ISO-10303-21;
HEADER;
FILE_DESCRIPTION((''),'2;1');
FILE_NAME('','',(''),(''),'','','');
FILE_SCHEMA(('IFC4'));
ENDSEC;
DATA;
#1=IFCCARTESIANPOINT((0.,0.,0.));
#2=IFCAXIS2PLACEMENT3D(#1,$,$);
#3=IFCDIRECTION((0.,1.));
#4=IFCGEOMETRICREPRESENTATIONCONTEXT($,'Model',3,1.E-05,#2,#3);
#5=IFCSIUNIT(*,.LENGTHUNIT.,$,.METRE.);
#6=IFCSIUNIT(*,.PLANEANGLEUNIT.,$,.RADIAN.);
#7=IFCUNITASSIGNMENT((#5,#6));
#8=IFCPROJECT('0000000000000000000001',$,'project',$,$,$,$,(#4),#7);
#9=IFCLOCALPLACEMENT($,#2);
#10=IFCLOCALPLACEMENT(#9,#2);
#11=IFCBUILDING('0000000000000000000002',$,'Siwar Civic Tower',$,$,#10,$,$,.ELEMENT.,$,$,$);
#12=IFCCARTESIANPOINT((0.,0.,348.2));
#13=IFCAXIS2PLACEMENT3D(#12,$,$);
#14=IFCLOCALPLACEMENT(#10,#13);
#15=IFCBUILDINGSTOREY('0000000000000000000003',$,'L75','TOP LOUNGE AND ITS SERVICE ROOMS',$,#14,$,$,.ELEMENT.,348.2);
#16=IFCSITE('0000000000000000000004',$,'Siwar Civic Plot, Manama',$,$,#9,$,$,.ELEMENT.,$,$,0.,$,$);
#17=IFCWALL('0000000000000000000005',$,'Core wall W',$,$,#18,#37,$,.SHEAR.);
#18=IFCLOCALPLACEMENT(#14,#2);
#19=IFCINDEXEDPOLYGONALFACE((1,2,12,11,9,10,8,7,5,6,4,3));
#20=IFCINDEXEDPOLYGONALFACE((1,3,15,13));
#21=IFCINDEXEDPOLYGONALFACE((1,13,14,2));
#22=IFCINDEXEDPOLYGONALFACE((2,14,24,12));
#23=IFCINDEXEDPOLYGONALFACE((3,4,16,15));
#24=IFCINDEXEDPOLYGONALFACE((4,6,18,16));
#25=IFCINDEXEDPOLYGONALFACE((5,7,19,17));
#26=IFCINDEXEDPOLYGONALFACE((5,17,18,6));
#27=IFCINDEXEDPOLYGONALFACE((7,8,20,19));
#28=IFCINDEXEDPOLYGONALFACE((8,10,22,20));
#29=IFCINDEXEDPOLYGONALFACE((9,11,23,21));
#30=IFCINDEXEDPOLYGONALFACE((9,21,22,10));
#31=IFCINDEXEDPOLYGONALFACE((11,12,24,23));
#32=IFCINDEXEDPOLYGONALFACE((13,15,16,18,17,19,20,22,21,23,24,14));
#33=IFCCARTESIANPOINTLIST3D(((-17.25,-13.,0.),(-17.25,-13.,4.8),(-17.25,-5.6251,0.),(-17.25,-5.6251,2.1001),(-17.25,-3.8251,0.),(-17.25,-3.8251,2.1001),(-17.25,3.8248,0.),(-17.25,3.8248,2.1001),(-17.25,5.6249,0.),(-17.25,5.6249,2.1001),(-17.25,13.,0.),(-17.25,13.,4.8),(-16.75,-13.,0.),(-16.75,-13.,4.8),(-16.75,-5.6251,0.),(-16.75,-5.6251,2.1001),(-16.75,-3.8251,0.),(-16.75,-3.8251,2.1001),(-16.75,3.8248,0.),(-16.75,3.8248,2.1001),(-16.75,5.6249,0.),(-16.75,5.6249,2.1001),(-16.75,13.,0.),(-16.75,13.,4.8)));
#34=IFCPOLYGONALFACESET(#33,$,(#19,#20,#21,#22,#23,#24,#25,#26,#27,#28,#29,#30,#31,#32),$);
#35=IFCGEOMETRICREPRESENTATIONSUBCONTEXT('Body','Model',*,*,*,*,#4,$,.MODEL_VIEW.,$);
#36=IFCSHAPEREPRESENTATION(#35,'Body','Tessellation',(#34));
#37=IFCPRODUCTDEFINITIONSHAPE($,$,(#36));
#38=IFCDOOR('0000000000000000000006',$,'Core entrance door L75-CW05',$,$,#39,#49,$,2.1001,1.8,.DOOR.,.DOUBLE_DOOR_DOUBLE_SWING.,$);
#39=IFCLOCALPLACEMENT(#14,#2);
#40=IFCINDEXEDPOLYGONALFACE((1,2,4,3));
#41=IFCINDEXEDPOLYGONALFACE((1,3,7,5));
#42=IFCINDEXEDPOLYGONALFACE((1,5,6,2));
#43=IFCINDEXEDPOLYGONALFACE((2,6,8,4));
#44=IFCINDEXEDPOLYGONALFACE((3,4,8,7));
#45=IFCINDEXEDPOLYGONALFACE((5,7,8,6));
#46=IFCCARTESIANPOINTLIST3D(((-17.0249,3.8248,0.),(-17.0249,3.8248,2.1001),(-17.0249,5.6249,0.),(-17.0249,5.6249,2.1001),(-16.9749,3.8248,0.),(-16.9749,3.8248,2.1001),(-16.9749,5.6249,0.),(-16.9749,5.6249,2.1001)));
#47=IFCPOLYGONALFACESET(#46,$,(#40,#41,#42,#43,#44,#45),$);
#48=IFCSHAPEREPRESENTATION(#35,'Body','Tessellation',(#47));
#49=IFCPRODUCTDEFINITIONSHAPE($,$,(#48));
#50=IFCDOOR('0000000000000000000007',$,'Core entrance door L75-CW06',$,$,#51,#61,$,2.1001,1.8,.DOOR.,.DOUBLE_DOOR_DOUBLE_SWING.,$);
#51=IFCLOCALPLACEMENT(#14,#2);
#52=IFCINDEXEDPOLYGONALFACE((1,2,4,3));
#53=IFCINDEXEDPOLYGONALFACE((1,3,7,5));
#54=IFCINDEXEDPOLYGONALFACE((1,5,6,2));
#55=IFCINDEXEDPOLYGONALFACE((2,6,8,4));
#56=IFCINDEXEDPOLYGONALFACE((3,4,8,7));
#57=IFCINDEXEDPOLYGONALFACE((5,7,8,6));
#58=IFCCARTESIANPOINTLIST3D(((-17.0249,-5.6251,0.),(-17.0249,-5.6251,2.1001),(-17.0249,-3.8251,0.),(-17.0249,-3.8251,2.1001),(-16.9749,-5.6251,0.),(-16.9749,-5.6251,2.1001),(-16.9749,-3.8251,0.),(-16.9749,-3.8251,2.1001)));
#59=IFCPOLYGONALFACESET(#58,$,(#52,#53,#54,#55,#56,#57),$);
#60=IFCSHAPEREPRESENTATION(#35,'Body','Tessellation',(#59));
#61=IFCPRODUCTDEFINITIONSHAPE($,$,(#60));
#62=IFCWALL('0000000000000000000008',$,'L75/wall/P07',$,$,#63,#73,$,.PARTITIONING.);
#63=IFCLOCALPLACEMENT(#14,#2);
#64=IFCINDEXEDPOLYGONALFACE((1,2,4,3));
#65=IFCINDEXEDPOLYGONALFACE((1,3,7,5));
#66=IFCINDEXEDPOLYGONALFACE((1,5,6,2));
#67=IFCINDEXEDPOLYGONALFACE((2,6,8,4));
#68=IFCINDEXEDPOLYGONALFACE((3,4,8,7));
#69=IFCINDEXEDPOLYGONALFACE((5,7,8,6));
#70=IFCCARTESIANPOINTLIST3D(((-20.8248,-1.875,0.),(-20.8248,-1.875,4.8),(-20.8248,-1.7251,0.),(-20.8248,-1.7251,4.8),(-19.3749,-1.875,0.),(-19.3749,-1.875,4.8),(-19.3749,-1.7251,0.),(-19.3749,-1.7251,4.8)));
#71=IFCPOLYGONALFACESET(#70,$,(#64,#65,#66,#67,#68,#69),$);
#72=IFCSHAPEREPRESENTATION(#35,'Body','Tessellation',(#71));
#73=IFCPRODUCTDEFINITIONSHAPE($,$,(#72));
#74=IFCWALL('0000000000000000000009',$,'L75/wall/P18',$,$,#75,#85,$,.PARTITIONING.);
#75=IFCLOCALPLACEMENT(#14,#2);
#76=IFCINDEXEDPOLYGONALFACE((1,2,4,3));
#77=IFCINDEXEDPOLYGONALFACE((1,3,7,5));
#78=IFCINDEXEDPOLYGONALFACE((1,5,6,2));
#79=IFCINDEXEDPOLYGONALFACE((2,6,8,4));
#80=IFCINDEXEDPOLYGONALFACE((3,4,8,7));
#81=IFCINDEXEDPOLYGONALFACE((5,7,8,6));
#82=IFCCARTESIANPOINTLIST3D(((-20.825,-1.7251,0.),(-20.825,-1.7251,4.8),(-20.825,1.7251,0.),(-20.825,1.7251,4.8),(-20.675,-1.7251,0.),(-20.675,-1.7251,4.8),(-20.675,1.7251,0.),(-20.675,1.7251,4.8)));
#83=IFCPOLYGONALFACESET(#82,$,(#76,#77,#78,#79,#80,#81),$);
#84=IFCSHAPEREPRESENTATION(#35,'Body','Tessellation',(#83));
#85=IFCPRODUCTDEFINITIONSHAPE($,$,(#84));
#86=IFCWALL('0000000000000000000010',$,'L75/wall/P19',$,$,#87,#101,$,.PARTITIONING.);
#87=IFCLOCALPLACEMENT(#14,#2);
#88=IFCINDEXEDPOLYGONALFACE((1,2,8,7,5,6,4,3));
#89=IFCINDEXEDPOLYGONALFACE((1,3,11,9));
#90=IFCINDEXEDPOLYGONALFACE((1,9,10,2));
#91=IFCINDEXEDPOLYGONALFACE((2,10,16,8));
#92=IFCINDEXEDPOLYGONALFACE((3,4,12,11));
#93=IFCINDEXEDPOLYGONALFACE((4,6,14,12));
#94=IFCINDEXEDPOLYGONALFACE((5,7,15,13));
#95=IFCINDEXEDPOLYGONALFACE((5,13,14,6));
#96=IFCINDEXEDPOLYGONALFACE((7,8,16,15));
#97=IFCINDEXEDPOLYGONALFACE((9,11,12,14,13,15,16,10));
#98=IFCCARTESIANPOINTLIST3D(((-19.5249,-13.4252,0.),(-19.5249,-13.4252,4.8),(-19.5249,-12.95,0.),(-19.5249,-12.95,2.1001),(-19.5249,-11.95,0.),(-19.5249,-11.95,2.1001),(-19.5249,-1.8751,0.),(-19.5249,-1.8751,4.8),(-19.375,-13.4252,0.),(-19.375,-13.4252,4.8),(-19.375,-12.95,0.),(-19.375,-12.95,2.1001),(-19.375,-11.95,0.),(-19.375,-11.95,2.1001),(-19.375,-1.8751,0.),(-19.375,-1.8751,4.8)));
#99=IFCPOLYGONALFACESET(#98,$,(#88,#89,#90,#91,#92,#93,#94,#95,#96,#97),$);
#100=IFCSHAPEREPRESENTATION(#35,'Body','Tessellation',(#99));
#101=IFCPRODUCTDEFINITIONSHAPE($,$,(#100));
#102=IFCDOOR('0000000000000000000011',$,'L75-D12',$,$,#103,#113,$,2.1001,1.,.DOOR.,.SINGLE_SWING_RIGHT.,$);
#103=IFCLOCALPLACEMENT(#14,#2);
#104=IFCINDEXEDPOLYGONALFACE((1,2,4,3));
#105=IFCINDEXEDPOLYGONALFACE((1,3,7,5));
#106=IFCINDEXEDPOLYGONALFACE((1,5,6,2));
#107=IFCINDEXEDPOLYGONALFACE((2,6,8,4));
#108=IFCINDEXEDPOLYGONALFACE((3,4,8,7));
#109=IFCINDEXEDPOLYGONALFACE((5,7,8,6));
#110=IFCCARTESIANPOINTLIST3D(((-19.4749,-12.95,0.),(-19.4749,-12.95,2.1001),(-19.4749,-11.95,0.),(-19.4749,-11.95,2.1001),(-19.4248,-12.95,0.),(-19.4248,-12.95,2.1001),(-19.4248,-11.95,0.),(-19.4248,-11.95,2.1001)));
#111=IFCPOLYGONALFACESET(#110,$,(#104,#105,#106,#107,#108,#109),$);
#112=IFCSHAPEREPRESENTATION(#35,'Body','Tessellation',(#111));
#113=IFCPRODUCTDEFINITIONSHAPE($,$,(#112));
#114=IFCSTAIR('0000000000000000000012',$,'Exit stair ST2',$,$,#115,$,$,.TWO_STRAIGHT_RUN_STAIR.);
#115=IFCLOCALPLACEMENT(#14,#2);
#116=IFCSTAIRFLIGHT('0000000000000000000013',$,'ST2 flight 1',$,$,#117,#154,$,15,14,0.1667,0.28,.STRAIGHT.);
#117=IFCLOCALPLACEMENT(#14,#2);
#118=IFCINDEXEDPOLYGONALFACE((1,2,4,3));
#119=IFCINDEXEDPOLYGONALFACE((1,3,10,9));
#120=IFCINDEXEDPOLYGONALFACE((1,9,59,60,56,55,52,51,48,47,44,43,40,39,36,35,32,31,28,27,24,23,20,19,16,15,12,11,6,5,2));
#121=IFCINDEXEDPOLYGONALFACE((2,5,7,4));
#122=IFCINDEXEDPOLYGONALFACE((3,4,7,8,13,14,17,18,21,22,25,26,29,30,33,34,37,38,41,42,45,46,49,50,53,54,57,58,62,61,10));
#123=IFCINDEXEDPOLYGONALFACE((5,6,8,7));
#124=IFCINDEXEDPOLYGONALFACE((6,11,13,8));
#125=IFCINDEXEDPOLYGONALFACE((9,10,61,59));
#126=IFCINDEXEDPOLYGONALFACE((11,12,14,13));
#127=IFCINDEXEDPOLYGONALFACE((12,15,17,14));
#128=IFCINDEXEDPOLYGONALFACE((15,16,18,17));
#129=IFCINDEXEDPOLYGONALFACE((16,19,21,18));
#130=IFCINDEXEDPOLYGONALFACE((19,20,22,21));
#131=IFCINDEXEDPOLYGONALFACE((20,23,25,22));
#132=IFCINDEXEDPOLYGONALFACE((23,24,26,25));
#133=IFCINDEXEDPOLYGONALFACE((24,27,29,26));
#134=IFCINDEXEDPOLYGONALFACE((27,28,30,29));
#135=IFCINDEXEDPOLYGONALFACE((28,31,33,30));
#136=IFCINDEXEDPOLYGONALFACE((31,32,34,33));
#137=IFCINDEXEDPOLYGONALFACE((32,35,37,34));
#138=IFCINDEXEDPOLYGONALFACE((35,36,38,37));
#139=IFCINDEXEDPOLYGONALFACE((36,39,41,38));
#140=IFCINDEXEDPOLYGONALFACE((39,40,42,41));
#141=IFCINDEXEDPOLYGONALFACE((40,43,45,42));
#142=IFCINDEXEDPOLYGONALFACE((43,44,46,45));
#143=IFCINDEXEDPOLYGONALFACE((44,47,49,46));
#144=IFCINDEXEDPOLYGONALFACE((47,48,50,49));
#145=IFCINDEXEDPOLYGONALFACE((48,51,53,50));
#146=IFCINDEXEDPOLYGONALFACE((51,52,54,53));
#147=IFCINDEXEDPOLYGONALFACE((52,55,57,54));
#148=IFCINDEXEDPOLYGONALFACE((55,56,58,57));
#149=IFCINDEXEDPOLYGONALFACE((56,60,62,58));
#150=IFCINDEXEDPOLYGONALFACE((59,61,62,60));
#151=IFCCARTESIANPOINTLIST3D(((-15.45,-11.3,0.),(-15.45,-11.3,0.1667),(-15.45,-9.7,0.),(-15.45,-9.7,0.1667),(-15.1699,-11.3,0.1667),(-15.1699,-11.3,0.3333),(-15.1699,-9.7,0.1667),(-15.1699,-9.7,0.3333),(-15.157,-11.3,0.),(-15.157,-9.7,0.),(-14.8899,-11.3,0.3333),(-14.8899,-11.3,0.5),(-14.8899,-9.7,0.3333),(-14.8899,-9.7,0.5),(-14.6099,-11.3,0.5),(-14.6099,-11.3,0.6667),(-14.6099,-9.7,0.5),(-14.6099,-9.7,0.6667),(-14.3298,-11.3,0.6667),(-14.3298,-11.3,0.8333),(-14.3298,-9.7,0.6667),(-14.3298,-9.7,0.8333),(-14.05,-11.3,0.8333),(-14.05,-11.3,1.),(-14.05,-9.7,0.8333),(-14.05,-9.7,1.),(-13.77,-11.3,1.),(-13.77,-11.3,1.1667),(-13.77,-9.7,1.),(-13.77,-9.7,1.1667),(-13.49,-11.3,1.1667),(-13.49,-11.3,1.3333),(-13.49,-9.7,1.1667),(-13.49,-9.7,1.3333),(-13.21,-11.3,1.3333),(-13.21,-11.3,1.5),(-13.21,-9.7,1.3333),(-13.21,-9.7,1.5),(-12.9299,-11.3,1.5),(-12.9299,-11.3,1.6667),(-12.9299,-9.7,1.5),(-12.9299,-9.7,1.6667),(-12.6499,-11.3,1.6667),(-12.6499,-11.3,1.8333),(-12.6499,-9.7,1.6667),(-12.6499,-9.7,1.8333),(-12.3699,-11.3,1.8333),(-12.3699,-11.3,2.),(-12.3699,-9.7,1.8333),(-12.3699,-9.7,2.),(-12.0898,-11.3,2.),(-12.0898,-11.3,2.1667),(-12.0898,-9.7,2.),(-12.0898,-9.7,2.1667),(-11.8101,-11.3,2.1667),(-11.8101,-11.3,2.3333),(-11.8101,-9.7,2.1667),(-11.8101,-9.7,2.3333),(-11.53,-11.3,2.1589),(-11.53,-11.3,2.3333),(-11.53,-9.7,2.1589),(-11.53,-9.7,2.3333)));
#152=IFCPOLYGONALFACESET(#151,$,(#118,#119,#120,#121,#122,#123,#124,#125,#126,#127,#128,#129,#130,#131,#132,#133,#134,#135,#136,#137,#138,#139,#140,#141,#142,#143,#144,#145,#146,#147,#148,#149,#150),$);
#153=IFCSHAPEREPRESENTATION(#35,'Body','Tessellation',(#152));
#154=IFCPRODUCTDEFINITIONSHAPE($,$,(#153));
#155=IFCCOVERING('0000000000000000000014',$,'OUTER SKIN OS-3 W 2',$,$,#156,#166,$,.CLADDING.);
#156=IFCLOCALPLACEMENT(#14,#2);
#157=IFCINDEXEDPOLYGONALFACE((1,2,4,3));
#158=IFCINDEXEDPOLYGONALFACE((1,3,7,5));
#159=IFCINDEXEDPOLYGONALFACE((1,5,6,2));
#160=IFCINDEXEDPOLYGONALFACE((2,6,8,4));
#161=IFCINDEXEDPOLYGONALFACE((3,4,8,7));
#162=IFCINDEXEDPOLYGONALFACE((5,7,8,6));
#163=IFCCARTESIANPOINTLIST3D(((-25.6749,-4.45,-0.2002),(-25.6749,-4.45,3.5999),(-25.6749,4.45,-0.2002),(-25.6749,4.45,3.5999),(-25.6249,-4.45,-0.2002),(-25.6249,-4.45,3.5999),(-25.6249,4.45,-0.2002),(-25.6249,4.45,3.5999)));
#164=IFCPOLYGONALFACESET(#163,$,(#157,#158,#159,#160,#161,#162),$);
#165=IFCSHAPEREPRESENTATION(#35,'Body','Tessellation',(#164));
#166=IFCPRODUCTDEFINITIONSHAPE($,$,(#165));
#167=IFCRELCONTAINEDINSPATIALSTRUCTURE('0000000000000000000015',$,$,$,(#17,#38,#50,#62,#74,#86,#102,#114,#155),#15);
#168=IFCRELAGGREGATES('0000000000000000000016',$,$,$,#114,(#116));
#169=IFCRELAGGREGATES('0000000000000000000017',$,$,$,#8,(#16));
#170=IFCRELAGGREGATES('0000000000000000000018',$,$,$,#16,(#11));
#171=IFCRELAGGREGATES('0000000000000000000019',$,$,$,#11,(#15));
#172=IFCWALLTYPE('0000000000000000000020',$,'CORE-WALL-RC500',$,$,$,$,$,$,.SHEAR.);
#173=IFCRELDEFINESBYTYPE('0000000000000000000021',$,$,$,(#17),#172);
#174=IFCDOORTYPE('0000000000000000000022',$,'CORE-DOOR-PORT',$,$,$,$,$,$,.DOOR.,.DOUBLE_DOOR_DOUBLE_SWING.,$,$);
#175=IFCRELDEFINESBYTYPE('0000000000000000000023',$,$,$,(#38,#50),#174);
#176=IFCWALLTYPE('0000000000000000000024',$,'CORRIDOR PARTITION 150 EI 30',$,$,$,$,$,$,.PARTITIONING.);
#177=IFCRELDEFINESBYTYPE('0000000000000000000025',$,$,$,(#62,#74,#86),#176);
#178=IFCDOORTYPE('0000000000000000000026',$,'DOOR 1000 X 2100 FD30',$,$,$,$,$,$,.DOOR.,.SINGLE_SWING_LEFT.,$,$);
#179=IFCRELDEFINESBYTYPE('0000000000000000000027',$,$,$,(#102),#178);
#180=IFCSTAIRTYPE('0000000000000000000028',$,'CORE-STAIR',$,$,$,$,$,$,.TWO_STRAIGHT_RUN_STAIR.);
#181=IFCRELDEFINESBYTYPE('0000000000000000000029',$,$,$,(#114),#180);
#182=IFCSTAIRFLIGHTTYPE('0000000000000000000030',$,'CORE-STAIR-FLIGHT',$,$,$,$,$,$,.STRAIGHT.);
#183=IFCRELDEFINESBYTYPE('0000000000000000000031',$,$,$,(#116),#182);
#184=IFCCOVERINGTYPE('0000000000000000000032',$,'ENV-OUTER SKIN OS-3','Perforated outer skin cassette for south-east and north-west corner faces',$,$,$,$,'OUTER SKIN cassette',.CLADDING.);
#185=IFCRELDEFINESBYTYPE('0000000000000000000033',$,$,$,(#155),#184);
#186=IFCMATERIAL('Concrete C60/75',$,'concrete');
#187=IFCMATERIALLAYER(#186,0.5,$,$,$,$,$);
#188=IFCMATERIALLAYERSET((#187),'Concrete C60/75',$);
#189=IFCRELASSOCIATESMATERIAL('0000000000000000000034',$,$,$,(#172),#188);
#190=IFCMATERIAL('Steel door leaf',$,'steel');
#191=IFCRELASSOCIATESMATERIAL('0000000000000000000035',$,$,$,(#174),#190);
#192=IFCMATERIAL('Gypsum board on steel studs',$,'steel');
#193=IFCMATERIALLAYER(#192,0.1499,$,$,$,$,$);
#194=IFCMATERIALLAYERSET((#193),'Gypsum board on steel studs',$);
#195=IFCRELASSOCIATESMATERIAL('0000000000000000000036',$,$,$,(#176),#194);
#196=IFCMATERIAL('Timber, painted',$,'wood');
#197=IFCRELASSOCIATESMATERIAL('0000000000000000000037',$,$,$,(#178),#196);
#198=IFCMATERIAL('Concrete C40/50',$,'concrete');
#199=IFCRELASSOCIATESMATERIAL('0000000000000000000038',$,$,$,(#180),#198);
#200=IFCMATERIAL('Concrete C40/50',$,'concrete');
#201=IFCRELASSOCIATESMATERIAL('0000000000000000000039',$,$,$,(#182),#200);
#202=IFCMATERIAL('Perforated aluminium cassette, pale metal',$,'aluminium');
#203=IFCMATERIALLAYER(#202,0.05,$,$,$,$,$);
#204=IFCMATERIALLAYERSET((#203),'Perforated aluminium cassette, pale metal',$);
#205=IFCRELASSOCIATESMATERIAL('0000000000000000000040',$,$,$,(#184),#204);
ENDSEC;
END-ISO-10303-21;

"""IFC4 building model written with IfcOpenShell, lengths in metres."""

from ifc_helpers import new_model, si_unit, direction, frame, frame_2d, origin, origin_2d, place, context, subcontext, project, spatial, polyline, rectangle, outline, extrude, material, layer, layer_set, type_object, element, fill, aggregate, save


model = new_model("IFC4")

# Units and contexts
model_context = context("Model", 3, precision=1e-05, world=origin(), true_north=direction((0.0, 1.0)))
body_context = subcontext(model_context, "Body", "Model", "MODEL_VIEW")
ifc_project = project(units=[si_unit("LENGTHUNIT", "METRE"), si_unit("PLANEANGLEUNIT", "RADIAN")], contexts=[model_context])

# Site, building, storey
site_placement = place(None, origin())
site = spatial("IfcSite", under=ifc_project, at=site_placement, Name="Siwar Civic Plot, Manama", CompositionType="ELEMENT", RefElevation=0.0)
building_placement = place(site_placement, origin())
building = spatial("IfcBuilding", under=site, at=building_placement, Name="Siwar Civic Tower", CompositionType="ELEMENT")
storey_placement = place(building_placement, frame((0.0, 0.0, 348.2)))
storey = spatial("IfcBuildingStorey", under=building, at=storey_placement, Name="L75", Description="TOP LOUNGE AND ITS SERVICE ROOMS", CompositionType="ELEMENT", Elevation=348.2)

# Wall, openings, doors
ifc_material_1 = material(Name="Concrete C60/75", Category="concrete")
ifc_layer_1 = layer(ifc_material_1, 0.5)
ifc_layer_set_1 = layer_set([ifc_layer_1], Name="Concrete C60/75")
wall_type_1 = type_object("IfcWallType", Name="CORE-WALL-RC500", PredefinedType="SHEAR", material=ifc_layer_set_1)
wall_1_placement = place(storey_placement, frame((-17.0, -13.0, 0.0), z_axis=(0.0, 0.0, 1.0), x_axis=(0.0, 1.0, 0.0)))
wall_1 = element("IfcWall", 1, at=wall_1_placement, inside=storey, type_object=wall_type_1, Name="Core wall W", PredefinedType="SHEAR", context=body_context, shape_type="SweptSolid", body=[
    extrude(rectangle(XDim=26.0, YDim=0.5, at=frame_2d((13.0, 0.0))), origin(), (0.0, 0.0, 1.0), 4.8),
])
opening_1_placement = place(wall_1_placement, frame((16.825, 0.0, 0.0)))
opening_1 = element("IfcOpeningElement", 2, at=opening_1_placement, cuts=wall_1, PredefinedType="OPENING", context=body_context, shape_type="SweptSolid", body=[
    extrude(rectangle(XDim=1.8, YDim=2.1001, at=frame_2d((0.8999, 1.05))), frame((0.0, 0.26, 0.0), z_axis=(0.0, -1.0, 0.0), x_axis=(1.0, 0.0, 0.0)), (0.0, 0.0, 1.0), 0.52),
])
opening_2_placement = place(wall_1_placement, frame((7.375, 0.0, 0.0)))
opening_2 = element("IfcOpeningElement", 3, at=opening_2_placement, cuts=wall_1, PredefinedType="OPENING", context=body_context, shape_type="SweptSolid", body=[
    extrude(rectangle(XDim=1.8, YDim=2.1001, at=frame_2d((0.8999, 1.05))), frame((0.0, 0.26, 0.0), z_axis=(0.0, -1.0, 0.0), x_axis=(1.0, 0.0, 0.0)), (0.0, 0.0, 1.0), 0.52),
])
ifc_material_2 = material(Name="Steel door leaf", Category="steel")
door_type_1 = type_object("IfcDoorType", Name="CORE-DOOR-PORT", OperationType="DOUBLE_DOOR_DOUBLE_SWING", PredefinedType="DOOR", material=ifc_material_2)
door_1_placement = place(opening_1_placement, origin())
door_1 = element("IfcDoor", 4, at=door_1_placement, inside=storey, type_object=door_type_1, Name="Core entrance door L75-CW05", OperationType="DOUBLE_DOOR_DOUBLE_SWING", OverallHeight=2.1001, OverallWidth=1.8, PredefinedType="DOOR", context=body_context, shape_type="SweptSolid", body=[
    extrude(rectangle(XDim=1.8, YDim=2.1001, at=frame_2d((0.8999, 1.05))), frame((0.0, 0.0249, 0.0), z_axis=(0.0, -1.0, 0.0), x_axis=(1.0, 0.0, 0.0)), (0.0, 0.0, 1.0), 0.05),
])
fill(opening_1, door_1)
door_2_placement = place(opening_2_placement, origin())
door_2 = element("IfcDoor", 5, at=door_2_placement, inside=storey, type_object=door_type_1, Name="Core entrance door L75-CW06", OperationType="DOUBLE_DOOR_DOUBLE_SWING", OverallHeight=2.1001, OverallWidth=1.8, PredefinedType="DOOR", context=body_context, shape_type="SweptSolid", body=[
    extrude(rectangle(XDim=1.8, YDim=2.1001, at=frame_2d((0.8999, 1.05))), frame((0.0, 0.0249, 0.0), z_axis=(0.0, -1.0, 0.0), x_axis=(1.0, 0.0, 0.0)), (0.0, 0.0, 1.0), 0.05),
])
fill(opening_2, door_2)

# Walls
ifc_material_3 = material(Name="Gypsum board on steel studs", Category="steel")
ifc_layer_2 = layer(ifc_material_3, 0.1499)
ifc_layer_set_2 = layer_set([ifc_layer_2], Name="Gypsum board on steel studs")
wall_type_2 = type_object("IfcWallType", Name="CORRIDOR PARTITION 150 EI 30", PredefinedType="PARTITIONING", material=ifc_layer_set_2)
wall_2_placement = place(storey_placement, frame((-20.825, -1.8, 0.0), z_axis=(0.0, 0.0, 1.0), x_axis=(1.0, 0.0, 0.0)))
element("IfcWall", 6, at=wall_2_placement, inside=storey, type_object=wall_type_2, Name="L75/wall/P07", PredefinedType="PARTITIONING", context=body_context, shape_type="SweptSolid", body=[
    extrude(rectangle(XDim=1.45, YDim=0.1499, at=frame_2d((0.7251, 0.0))), origin(), (0.0, 0.0, 1.0), 4.8),
])
wall_3_placement = place(storey_placement, frame((-20.75, -1.7251, 0.0), z_axis=(0.0, 0.0, 1.0), x_axis=(0.0, 1.0, 0.0)))
element("IfcWall", 7, at=wall_3_placement, inside=storey, type_object=wall_type_2, Name="L75/wall/P18", PredefinedType="PARTITIONING", context=body_context, shape_type="SweptSolid", body=[
    extrude(rectangle(XDim=3.4502, YDim=0.1499, at=frame_2d((1.7251, 0.0))), origin(), (0.0, 0.0, 1.0), 4.8),
])

# Wall, opening, door
wall_4_placement = place(storey_placement, frame((-19.45, -13.425, 0.0), z_axis=(0.0, 0.0, 1.0), x_axis=(0.0, 1.0, 0.0)))
wall_4 = element("IfcWall", 8, at=wall_4_placement, inside=storey, type_object=wall_type_2, Name="L75/wall/P19", PredefinedType="PARTITIONING", context=body_context, shape_type="SweptSolid", body=[
    extrude(rectangle(XDim=11.55, YDim=0.1499, at=frame_2d((5.7749, 0.0))), origin(), (0.0, 0.0, 1.0), 4.8),
])
opening_3_placement = place(wall_4_placement, frame((0.4751, 0.0, 0.0)))
opening_3 = element("IfcOpeningElement", 9, at=opening_3_placement, cuts=wall_4, PredefinedType="OPENING", context=body_context, shape_type="SweptSolid", body=[
    extrude(rectangle(XDim=1.0, YDim=2.1001, at=frame_2d((0.5, 1.05))), frame((0.0, 0.085, 0.0), z_axis=(0.0, -1.0, 0.0), x_axis=(1.0, 0.0, 0.0)), (0.0, 0.0, 1.0), 0.1699),
])
ifc_material_4 = material(Name="Timber, painted", Category="wood")
door_type_2 = type_object("IfcDoorType", Name="DOOR 1000 X 2100 FD30", OperationType="SINGLE_SWING_LEFT", PredefinedType="DOOR", material=ifc_material_4)
door_3_placement = place(opening_3_placement, origin())
door_3 = element("IfcDoor", 10, at=door_3_placement, inside=storey, type_object=door_type_2, Name="L75-D12", OperationType="SINGLE_SWING_RIGHT", OverallHeight=2.1001, OverallWidth=1.0, PredefinedType="DOOR", context=body_context, shape_type="SweptSolid", body=[
    extrude(rectangle(XDim=1.0, YDim=2.1001, at=frame_2d((0.5, 1.05))), frame((0.0, 0.0249, 0.0), z_axis=(0.0, -1.0, 0.0), x_axis=(1.0, 0.0, 0.0)), (0.0, 0.0, 1.0), 0.05),
])
fill(opening_3, door_3)

# Stair, stair flight
ifc_material_5 = material(Name="Concrete C40/50", Category="concrete")
stair_type = type_object("IfcStairType", Name="CORE-STAIR", PredefinedType="TWO_STRAIGHT_RUN_STAIR", material=ifc_material_5)
stair_placement = place(storey_placement, origin())
stair = element("IfcStair", 11, at=stair_placement, inside=storey, type_object=stair_type, Name="Exit stair ST2", PredefinedType="TWO_STRAIGHT_RUN_STAIR")
ifc_material_6 = material(Name="Concrete C40/50", Category="concrete")
stair_flight_type = type_object("IfcStairFlightType", Name="CORE-STAIR-FLIGHT", PredefinedType="STRAIGHT", material=ifc_material_6)
stair_flight_placement = place(storey_placement, frame((-15.45, -10.5, 0.0), z_axis=(0.0, 0.0, 1.0), x_axis=(1.0, 0.0, 0.0)))
stair_flight = element("IfcStairFlight", 12, at=stair_flight_placement, type_object=stair_flight_type, Name="ST2 flight 1", NumberOfRisers=15, NumberOfTreads=14, PredefinedType="STRAIGHT", RiserHeight=0.1667, TreadLength=0.28, context=body_context, shape_type="SweptSolid", body=[
    extrude(outline(polyline([(0.0, 0.0), (0.0, 0.1667), (0.28, 0.1667), (0.28, 0.3333), (0.5601, 0.3333), (0.5601, 0.5), (0.8401, 0.5), (0.8401, 0.6667), (1.1201, 0.6667), (1.1201, 0.8333), (1.3999, 0.8333), (1.3999, 1.0), (1.6799, 1.0), (1.6799, 1.1667), (1.96, 1.1667), (1.96, 1.3333), (2.24, 1.3333), (2.24, 1.5), (2.52, 1.5), (2.52, 1.6667), (2.8, 1.6667), (2.8, 1.8333), (3.0801, 1.8333), (3.0801, 2.0), (3.3601, 2.0), (3.3601, 2.1667), (3.6399, 2.1667), (3.6399, 2.3333), (3.9199, 2.3333), (3.9199, 2.5), (3.9199, 2.1589), (0.293, 0.0), (0.0, 0.0)])), frame((0.0, 0.8, 0.0), z_axis=(0.0, -1.0, 0.0), x_axis=(1.0, 0.0, 0.0)), (0.0, 0.0, 1.0), 1.6001),
])
aggregate(stair, [stair_flight])

# Covering
ifc_material_7 = material(Name="Perforated aluminium cassette, pale metal", Category="aluminium")
ifc_layer_3 = layer(ifc_material_7, 0.05)
ifc_layer_set_3 = layer_set([ifc_layer_3], Name="Perforated aluminium cassette, pale metal")
covering_type = type_object("IfcCoveringType", Name="ENV-OUTER SKIN OS-3", Description="Perforated outer skin cassette for south-east and north-west corner faces", ElementType="OUTER SKIN cassette", PredefinedType="CLADDING", material=ifc_layer_set_3)
covering_1_placement = place(storey_placement, frame((-25.6499, 0.0, -0.2002), z_axis=(0.0, 0.0, 1.0), x_axis=(0.0, -1.0, 0.0)))
element("IfcCovering", 13, at=covering_1_placement, inside=storey, type_object=covering_type, Name="OUTER SKIN OS-3 W 2", PredefinedType="CLADDING", context=body_context, shape_type="SweptSolid", body=[
    extrude(rectangle(XDim=8.8999, YDim=0.05, at=origin_2d()), origin(), (0.0, 0.0, 1.0), 3.8),
])

save(model, "model.ifc")
